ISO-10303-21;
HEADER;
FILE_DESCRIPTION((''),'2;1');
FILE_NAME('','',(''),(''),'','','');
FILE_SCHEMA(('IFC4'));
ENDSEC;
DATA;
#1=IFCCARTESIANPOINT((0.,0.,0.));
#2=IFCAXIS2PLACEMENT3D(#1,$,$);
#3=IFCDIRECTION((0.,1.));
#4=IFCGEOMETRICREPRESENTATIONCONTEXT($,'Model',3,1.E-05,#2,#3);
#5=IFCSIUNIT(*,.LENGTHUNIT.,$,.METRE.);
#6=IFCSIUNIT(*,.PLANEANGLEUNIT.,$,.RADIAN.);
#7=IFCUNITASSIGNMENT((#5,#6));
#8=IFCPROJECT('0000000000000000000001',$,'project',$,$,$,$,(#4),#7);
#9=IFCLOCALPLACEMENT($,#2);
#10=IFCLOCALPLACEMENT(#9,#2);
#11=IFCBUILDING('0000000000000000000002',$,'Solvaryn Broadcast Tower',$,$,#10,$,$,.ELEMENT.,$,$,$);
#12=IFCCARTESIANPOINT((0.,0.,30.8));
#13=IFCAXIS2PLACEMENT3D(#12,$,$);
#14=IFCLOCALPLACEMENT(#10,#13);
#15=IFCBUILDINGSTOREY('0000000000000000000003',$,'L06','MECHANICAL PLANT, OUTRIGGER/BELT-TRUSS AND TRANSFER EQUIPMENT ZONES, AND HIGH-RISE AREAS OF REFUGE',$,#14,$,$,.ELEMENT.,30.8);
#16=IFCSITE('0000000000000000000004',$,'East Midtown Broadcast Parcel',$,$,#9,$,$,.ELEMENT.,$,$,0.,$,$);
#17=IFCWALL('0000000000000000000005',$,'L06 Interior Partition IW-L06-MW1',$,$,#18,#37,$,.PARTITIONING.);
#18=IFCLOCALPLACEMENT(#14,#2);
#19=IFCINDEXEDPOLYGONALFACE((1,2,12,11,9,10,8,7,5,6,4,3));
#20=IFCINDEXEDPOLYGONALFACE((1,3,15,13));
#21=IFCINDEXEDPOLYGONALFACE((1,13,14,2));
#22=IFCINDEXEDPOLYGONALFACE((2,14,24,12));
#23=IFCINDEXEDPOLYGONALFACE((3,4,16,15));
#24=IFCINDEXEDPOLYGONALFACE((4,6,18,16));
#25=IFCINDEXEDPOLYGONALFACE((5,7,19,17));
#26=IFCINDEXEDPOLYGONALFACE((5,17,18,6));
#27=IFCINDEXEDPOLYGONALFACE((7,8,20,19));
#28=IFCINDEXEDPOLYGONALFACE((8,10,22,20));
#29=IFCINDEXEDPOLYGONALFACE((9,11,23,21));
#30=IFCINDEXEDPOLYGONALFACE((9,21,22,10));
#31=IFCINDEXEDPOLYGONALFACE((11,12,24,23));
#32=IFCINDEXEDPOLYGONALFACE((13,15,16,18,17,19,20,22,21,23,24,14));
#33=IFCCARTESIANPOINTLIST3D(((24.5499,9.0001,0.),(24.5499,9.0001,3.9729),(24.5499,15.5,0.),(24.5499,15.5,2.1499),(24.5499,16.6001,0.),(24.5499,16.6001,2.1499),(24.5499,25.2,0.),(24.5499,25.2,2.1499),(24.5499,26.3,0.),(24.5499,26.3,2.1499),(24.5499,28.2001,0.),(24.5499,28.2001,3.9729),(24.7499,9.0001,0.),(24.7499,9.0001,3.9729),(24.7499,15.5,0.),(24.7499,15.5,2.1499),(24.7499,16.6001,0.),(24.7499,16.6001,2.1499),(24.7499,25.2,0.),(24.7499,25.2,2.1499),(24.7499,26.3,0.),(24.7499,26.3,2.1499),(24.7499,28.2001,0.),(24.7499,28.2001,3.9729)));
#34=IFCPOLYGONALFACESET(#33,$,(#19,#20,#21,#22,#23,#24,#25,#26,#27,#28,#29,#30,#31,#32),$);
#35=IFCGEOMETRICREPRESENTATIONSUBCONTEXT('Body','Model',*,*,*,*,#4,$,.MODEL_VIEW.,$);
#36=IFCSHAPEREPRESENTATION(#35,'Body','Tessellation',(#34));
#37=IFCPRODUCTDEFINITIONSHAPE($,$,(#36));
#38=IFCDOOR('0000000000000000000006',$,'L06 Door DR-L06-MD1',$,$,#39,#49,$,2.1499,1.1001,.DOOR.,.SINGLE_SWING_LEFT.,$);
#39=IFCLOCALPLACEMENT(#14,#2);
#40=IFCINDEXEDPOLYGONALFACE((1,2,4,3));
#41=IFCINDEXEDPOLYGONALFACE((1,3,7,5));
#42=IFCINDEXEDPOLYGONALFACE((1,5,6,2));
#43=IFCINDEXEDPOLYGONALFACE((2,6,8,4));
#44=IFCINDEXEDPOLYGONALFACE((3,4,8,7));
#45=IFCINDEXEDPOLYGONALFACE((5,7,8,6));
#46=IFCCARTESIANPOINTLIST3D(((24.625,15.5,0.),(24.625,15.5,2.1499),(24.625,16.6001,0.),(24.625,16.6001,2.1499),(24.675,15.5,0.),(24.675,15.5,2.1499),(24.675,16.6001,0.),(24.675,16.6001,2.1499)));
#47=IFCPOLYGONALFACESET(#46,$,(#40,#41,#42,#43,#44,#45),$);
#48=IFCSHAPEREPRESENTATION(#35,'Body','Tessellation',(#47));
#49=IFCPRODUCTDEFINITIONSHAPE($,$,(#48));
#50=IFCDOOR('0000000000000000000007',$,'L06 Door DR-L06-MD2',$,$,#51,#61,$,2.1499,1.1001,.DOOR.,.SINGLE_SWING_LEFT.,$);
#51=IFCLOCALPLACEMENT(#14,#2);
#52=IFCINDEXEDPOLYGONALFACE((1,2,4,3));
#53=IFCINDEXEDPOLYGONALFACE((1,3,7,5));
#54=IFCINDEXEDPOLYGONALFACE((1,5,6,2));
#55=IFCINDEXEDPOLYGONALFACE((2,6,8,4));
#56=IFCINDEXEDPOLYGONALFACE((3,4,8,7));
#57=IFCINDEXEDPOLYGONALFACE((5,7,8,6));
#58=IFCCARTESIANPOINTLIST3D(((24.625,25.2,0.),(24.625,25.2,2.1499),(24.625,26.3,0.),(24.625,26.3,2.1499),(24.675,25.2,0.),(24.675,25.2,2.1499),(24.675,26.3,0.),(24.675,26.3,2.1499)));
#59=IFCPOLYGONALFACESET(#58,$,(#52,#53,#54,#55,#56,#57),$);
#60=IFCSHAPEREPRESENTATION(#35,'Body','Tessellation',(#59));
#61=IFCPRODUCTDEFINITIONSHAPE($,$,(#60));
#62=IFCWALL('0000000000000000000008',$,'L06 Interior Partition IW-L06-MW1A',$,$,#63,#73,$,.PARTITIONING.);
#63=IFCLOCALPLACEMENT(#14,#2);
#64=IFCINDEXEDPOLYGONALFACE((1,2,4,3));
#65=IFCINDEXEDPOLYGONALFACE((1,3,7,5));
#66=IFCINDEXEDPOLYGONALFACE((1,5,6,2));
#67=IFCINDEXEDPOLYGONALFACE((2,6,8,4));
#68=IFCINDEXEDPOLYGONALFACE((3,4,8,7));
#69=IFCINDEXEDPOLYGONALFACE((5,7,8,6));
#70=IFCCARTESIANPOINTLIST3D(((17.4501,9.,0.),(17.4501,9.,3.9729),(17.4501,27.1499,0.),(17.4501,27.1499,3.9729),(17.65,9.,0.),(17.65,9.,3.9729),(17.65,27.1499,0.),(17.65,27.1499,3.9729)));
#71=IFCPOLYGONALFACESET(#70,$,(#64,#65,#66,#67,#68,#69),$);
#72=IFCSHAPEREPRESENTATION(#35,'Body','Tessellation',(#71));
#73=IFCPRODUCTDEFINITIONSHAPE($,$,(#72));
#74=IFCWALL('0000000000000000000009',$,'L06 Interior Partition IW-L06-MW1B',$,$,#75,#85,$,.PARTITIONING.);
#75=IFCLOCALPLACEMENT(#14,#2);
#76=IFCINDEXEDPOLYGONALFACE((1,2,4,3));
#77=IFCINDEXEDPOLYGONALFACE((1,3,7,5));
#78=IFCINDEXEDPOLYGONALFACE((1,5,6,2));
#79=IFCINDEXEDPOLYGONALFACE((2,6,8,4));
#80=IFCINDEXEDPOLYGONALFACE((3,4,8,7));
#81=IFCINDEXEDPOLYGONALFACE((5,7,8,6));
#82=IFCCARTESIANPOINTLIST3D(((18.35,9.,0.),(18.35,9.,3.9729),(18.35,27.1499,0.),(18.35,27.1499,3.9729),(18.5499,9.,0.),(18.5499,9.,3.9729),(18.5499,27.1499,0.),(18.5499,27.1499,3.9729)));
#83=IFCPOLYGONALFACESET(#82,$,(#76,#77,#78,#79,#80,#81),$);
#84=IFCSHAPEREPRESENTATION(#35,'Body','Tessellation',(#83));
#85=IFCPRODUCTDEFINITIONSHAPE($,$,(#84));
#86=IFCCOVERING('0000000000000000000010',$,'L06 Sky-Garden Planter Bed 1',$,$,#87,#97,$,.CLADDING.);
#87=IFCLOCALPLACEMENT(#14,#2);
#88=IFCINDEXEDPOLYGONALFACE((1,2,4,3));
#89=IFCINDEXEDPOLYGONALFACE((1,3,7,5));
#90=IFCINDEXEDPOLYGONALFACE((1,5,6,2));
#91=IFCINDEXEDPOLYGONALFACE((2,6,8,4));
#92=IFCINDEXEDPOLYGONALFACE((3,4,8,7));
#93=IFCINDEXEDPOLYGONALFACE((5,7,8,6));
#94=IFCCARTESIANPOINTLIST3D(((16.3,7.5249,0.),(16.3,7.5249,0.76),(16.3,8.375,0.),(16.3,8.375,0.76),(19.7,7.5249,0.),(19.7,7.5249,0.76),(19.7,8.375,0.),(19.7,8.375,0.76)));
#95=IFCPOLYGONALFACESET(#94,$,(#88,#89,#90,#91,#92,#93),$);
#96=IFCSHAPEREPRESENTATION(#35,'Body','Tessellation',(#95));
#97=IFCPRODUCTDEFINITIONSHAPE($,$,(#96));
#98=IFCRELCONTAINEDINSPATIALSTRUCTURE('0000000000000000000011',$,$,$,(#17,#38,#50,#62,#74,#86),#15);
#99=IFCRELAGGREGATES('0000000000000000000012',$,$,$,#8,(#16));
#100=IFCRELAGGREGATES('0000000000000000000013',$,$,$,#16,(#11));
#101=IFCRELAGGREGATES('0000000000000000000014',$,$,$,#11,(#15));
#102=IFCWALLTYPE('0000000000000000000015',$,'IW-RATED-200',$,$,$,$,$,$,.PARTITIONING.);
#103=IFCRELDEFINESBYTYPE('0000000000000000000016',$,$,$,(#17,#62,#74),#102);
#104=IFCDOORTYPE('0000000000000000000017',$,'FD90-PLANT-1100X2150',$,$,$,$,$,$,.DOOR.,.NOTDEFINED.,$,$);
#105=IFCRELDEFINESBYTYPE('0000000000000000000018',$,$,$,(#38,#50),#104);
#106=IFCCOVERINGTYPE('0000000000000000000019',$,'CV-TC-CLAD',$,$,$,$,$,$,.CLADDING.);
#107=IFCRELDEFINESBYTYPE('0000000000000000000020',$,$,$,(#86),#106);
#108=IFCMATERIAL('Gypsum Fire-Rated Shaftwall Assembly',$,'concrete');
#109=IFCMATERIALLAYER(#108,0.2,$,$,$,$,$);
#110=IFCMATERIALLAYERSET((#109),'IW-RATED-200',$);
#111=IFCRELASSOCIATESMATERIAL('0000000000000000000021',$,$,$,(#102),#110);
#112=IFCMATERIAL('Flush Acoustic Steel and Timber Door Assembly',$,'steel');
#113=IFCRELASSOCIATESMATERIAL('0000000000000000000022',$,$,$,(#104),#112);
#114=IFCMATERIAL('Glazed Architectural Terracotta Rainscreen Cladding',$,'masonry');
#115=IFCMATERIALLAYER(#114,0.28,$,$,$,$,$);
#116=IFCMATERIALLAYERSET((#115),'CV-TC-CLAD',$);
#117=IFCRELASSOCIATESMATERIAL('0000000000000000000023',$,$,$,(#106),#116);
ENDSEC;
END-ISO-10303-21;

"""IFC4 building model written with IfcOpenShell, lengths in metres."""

from ifc_helpers import new_model, si_unit, direction, frame, frame_2d, origin, origin_2d, place, context, subcontext, project, spatial, rectangle, extrude, material, layer, layer_set, type_object, element, fill, save


model = new_model("IFC4")

# Units and contexts
model_context = context("Model", 3, precision=1e-05, world=origin(), true_north=direction((0.0, 1.0)))
body_context = subcontext(model_context, "Body", "Model", "MODEL_VIEW")
ifc_project = project(units=[si_unit("LENGTHUNIT", "METRE"), si_unit("PLANEANGLEUNIT", "RADIAN")], contexts=[model_context])

# Site, building, storey
site_placement = place(None, origin())
site = spatial("IfcSite", under=ifc_project, at=site_placement, Name="East Midtown Broadcast Parcel", CompositionType="ELEMENT", RefElevation=0.0)
building_placement = place(site_placement, origin())
building = spatial("IfcBuilding", under=site, at=building_placement, Name="Solvaryn Broadcast Tower", CompositionType="ELEMENT")
storey_placement = place(building_placement, frame((0.0, 0.0, 30.8)))
storey = spatial("IfcBuildingStorey", under=building, at=storey_placement, Name="L06", Description="MECHANICAL PLANT, OUTRIGGER/BELT-TRUSS AND TRANSFER EQUIPMENT ZONES, AND HIGH-RISE AREAS OF REFUGE", CompositionType="ELEMENT", Elevation=30.8)

# Wall, openings, doors
ifc_material_1 = material(Name="Gypsum Fire-Rated Shaftwall Assembly", Category="concrete")
ifc_layer_1 = layer(ifc_material_1, 0.2)
ifc_layer_set_1 = layer_set([ifc_layer_1], Name="IW-RATED-200")
wall_type = type_object("IfcWallType", Name="IW-RATED-200", PredefinedType="PARTITIONING", material=ifc_layer_set_1)
wall_placement = place(storey_placement, frame((24.6499, 9.0, 0.0), z_axis=(0.0, 0.0, 1.0), x_axis=(0.0, 1.0, 0.0)))
wall = element("IfcWall", 1, at=wall_placement, inside=storey, type_object=wall_type, Name="L06 Interior Partition IW-L06-MW1", PredefinedType="PARTITIONING", context=body_context, shape_type="SweptSolid", body=[
    extrude(rectangle(XDim=19.2, YDim=0.2, at=frame_2d((9.6001, 0.0))), origin(), (0.0, 0.0, 1.0), 3.9729),
])
opening_1_placement = place(wall_placement, frame((6.5, 0.0, 0.0)))
opening_1 = element("IfcOpeningElement", 2, at=opening_1_placement, cuts=wall, PredefinedType="OPENING", context=body_context, shape_type="SweptSolid", body=[
    extrude(rectangle(XDim=1.1001, YDim=2.1499, at=frame_2d((0.55, 1.075))), frame((0.0, 0.1101, 0.0), z_axis=(0.0, -1.0, 0.0), x_axis=(1.0, 0.0, 0.0)), (0.0, 0.0, 1.0), 0.22),
])
opening_2_placement = place(wall_placement, frame((16.2, 0.0, 0.0)))
opening_2 = element("IfcOpeningElement", 3, at=opening_2_placement, cuts=wall, PredefinedType="OPENING", context=body_context, shape_type="SweptSolid", body=[
    extrude(rectangle(XDim=1.1001, YDim=2.1499, at=frame_2d((0.55, 1.075))), frame((0.0, 0.1101, 0.0), z_axis=(0.0, -1.0, 0.0), x_axis=(1.0, 0.0, 0.0)), (0.0, 0.0, 1.0), 0.22),
])
ifc_material_2 = material(Name="Flush Acoustic Steel and Timber Door Assembly", Category="steel")
door_type = type_object("IfcDoorType", Name="FD90-PLANT-1100X2150", OperationType="NOTDEFINED", PredefinedType="DOOR", material=ifc_material_2)
door_1_placement = place(opening_1_placement, origin())
door_1 = element("IfcDoor", 4, at=door_1_placement, inside=storey, type_object=door_type, Name="L06 Door DR-L06-MD1", OperationType="SINGLE_SWING_LEFT", OverallHeight=2.1499, OverallWidth=1.1001, PredefinedType="DOOR", context=body_context, shape_type="SweptSolid", body=[
    extrude(rectangle(XDim=1.1001, YDim=2.1499, at=frame_2d((0.55, 1.075))), frame((0.0, 0.0249, 0.0), z_axis=(0.0, -1.0, 0.0), x_axis=(1.0, 0.0, 0.0)), (0.0, 0.0, 1.0), 0.05),
])
fill(opening_1, door_1)
door_2_placement = place(opening_2_placement, origin())
door_2 = element("IfcDoor", 5, at=door_2_placement, inside=storey, type_object=door_type, Name="L06 Door DR-L06-MD2", OperationType="SINGLE_SWING_LEFT", OverallHeight=2.1499, OverallWidth=1.1001, PredefinedType="DOOR", context=body_context, shape_type="SweptSolid", body=[
    extrude(rectangle(XDim=1.1001, YDim=2.1499, at=frame_2d((0.55, 1.075))), frame((0.0, 0.0249, 0.0), z_axis=(0.0, -1.0, 0.0), x_axis=(1.0, 0.0, 0.0)), (0.0, 0.0, 1.0), 0.05),
])
fill(opening_2, door_2)

# Walls
for number, where, z_axis, x_axis, name in (
    (6, (17.55, 9.0, 0.0), (0.0, 0.0, 1.0), (0.0, 1.0, 0.0), "L06 Interior Partition IW-L06-MW1A"),
    (7, (18.45, 9.0, 0.0), (0.0, 0.0, 1.0), (0.0, 1.0, 0.0), "L06 Interior Partition IW-L06-MW1B"),
):
    element("IfcWall", number, at=place(storey_placement, frame(where, z_axis=z_axis, x_axis=x_axis)), inside=storey, type_object=wall_type, Name=name, PredefinedType="PARTITIONING", context=body_context, shape_type="SweptSolid", body=[
        extrude(rectangle(XDim=18.1499, YDim=0.2, at=frame_2d((9.075, 0.0))), origin(), (0.0, 0.0, 1.0), 3.9729),
    ])

# Covering
ifc_material_3 = material(Name="Glazed Architectural Terracotta Rainscreen Cladding", Category="masonry")
ifc_layer_2 = layer(ifc_material_3, 0.28)
ifc_layer_set_2 = layer_set([ifc_layer_2], Name="CV-TC-CLAD")
covering_type = type_object("IfcCoveringType", Name="CV-TC-CLAD", PredefinedType="CLADDING", material=ifc_layer_set_2)
covering_placement = place(storey_placement, frame((18.0, 7.95, 0.0), z_axis=(0.0, 0.0, 1.0), x_axis=(1.0, 0.0, 0.0)))
element("IfcCovering", 8, at=covering_placement, inside=storey, type_object=covering_type, Name="L06 Sky-Garden Planter Bed 1", PredefinedType="CLADDING", context=body_context, shape_type="SweptSolid", body=[
    extrude(rectangle(XDim=3.3999, YDim=0.8501, at=origin_2d()), origin(), (0.0, 0.0, 1.0), 0.76),
])

save(model, "model.ifc")
